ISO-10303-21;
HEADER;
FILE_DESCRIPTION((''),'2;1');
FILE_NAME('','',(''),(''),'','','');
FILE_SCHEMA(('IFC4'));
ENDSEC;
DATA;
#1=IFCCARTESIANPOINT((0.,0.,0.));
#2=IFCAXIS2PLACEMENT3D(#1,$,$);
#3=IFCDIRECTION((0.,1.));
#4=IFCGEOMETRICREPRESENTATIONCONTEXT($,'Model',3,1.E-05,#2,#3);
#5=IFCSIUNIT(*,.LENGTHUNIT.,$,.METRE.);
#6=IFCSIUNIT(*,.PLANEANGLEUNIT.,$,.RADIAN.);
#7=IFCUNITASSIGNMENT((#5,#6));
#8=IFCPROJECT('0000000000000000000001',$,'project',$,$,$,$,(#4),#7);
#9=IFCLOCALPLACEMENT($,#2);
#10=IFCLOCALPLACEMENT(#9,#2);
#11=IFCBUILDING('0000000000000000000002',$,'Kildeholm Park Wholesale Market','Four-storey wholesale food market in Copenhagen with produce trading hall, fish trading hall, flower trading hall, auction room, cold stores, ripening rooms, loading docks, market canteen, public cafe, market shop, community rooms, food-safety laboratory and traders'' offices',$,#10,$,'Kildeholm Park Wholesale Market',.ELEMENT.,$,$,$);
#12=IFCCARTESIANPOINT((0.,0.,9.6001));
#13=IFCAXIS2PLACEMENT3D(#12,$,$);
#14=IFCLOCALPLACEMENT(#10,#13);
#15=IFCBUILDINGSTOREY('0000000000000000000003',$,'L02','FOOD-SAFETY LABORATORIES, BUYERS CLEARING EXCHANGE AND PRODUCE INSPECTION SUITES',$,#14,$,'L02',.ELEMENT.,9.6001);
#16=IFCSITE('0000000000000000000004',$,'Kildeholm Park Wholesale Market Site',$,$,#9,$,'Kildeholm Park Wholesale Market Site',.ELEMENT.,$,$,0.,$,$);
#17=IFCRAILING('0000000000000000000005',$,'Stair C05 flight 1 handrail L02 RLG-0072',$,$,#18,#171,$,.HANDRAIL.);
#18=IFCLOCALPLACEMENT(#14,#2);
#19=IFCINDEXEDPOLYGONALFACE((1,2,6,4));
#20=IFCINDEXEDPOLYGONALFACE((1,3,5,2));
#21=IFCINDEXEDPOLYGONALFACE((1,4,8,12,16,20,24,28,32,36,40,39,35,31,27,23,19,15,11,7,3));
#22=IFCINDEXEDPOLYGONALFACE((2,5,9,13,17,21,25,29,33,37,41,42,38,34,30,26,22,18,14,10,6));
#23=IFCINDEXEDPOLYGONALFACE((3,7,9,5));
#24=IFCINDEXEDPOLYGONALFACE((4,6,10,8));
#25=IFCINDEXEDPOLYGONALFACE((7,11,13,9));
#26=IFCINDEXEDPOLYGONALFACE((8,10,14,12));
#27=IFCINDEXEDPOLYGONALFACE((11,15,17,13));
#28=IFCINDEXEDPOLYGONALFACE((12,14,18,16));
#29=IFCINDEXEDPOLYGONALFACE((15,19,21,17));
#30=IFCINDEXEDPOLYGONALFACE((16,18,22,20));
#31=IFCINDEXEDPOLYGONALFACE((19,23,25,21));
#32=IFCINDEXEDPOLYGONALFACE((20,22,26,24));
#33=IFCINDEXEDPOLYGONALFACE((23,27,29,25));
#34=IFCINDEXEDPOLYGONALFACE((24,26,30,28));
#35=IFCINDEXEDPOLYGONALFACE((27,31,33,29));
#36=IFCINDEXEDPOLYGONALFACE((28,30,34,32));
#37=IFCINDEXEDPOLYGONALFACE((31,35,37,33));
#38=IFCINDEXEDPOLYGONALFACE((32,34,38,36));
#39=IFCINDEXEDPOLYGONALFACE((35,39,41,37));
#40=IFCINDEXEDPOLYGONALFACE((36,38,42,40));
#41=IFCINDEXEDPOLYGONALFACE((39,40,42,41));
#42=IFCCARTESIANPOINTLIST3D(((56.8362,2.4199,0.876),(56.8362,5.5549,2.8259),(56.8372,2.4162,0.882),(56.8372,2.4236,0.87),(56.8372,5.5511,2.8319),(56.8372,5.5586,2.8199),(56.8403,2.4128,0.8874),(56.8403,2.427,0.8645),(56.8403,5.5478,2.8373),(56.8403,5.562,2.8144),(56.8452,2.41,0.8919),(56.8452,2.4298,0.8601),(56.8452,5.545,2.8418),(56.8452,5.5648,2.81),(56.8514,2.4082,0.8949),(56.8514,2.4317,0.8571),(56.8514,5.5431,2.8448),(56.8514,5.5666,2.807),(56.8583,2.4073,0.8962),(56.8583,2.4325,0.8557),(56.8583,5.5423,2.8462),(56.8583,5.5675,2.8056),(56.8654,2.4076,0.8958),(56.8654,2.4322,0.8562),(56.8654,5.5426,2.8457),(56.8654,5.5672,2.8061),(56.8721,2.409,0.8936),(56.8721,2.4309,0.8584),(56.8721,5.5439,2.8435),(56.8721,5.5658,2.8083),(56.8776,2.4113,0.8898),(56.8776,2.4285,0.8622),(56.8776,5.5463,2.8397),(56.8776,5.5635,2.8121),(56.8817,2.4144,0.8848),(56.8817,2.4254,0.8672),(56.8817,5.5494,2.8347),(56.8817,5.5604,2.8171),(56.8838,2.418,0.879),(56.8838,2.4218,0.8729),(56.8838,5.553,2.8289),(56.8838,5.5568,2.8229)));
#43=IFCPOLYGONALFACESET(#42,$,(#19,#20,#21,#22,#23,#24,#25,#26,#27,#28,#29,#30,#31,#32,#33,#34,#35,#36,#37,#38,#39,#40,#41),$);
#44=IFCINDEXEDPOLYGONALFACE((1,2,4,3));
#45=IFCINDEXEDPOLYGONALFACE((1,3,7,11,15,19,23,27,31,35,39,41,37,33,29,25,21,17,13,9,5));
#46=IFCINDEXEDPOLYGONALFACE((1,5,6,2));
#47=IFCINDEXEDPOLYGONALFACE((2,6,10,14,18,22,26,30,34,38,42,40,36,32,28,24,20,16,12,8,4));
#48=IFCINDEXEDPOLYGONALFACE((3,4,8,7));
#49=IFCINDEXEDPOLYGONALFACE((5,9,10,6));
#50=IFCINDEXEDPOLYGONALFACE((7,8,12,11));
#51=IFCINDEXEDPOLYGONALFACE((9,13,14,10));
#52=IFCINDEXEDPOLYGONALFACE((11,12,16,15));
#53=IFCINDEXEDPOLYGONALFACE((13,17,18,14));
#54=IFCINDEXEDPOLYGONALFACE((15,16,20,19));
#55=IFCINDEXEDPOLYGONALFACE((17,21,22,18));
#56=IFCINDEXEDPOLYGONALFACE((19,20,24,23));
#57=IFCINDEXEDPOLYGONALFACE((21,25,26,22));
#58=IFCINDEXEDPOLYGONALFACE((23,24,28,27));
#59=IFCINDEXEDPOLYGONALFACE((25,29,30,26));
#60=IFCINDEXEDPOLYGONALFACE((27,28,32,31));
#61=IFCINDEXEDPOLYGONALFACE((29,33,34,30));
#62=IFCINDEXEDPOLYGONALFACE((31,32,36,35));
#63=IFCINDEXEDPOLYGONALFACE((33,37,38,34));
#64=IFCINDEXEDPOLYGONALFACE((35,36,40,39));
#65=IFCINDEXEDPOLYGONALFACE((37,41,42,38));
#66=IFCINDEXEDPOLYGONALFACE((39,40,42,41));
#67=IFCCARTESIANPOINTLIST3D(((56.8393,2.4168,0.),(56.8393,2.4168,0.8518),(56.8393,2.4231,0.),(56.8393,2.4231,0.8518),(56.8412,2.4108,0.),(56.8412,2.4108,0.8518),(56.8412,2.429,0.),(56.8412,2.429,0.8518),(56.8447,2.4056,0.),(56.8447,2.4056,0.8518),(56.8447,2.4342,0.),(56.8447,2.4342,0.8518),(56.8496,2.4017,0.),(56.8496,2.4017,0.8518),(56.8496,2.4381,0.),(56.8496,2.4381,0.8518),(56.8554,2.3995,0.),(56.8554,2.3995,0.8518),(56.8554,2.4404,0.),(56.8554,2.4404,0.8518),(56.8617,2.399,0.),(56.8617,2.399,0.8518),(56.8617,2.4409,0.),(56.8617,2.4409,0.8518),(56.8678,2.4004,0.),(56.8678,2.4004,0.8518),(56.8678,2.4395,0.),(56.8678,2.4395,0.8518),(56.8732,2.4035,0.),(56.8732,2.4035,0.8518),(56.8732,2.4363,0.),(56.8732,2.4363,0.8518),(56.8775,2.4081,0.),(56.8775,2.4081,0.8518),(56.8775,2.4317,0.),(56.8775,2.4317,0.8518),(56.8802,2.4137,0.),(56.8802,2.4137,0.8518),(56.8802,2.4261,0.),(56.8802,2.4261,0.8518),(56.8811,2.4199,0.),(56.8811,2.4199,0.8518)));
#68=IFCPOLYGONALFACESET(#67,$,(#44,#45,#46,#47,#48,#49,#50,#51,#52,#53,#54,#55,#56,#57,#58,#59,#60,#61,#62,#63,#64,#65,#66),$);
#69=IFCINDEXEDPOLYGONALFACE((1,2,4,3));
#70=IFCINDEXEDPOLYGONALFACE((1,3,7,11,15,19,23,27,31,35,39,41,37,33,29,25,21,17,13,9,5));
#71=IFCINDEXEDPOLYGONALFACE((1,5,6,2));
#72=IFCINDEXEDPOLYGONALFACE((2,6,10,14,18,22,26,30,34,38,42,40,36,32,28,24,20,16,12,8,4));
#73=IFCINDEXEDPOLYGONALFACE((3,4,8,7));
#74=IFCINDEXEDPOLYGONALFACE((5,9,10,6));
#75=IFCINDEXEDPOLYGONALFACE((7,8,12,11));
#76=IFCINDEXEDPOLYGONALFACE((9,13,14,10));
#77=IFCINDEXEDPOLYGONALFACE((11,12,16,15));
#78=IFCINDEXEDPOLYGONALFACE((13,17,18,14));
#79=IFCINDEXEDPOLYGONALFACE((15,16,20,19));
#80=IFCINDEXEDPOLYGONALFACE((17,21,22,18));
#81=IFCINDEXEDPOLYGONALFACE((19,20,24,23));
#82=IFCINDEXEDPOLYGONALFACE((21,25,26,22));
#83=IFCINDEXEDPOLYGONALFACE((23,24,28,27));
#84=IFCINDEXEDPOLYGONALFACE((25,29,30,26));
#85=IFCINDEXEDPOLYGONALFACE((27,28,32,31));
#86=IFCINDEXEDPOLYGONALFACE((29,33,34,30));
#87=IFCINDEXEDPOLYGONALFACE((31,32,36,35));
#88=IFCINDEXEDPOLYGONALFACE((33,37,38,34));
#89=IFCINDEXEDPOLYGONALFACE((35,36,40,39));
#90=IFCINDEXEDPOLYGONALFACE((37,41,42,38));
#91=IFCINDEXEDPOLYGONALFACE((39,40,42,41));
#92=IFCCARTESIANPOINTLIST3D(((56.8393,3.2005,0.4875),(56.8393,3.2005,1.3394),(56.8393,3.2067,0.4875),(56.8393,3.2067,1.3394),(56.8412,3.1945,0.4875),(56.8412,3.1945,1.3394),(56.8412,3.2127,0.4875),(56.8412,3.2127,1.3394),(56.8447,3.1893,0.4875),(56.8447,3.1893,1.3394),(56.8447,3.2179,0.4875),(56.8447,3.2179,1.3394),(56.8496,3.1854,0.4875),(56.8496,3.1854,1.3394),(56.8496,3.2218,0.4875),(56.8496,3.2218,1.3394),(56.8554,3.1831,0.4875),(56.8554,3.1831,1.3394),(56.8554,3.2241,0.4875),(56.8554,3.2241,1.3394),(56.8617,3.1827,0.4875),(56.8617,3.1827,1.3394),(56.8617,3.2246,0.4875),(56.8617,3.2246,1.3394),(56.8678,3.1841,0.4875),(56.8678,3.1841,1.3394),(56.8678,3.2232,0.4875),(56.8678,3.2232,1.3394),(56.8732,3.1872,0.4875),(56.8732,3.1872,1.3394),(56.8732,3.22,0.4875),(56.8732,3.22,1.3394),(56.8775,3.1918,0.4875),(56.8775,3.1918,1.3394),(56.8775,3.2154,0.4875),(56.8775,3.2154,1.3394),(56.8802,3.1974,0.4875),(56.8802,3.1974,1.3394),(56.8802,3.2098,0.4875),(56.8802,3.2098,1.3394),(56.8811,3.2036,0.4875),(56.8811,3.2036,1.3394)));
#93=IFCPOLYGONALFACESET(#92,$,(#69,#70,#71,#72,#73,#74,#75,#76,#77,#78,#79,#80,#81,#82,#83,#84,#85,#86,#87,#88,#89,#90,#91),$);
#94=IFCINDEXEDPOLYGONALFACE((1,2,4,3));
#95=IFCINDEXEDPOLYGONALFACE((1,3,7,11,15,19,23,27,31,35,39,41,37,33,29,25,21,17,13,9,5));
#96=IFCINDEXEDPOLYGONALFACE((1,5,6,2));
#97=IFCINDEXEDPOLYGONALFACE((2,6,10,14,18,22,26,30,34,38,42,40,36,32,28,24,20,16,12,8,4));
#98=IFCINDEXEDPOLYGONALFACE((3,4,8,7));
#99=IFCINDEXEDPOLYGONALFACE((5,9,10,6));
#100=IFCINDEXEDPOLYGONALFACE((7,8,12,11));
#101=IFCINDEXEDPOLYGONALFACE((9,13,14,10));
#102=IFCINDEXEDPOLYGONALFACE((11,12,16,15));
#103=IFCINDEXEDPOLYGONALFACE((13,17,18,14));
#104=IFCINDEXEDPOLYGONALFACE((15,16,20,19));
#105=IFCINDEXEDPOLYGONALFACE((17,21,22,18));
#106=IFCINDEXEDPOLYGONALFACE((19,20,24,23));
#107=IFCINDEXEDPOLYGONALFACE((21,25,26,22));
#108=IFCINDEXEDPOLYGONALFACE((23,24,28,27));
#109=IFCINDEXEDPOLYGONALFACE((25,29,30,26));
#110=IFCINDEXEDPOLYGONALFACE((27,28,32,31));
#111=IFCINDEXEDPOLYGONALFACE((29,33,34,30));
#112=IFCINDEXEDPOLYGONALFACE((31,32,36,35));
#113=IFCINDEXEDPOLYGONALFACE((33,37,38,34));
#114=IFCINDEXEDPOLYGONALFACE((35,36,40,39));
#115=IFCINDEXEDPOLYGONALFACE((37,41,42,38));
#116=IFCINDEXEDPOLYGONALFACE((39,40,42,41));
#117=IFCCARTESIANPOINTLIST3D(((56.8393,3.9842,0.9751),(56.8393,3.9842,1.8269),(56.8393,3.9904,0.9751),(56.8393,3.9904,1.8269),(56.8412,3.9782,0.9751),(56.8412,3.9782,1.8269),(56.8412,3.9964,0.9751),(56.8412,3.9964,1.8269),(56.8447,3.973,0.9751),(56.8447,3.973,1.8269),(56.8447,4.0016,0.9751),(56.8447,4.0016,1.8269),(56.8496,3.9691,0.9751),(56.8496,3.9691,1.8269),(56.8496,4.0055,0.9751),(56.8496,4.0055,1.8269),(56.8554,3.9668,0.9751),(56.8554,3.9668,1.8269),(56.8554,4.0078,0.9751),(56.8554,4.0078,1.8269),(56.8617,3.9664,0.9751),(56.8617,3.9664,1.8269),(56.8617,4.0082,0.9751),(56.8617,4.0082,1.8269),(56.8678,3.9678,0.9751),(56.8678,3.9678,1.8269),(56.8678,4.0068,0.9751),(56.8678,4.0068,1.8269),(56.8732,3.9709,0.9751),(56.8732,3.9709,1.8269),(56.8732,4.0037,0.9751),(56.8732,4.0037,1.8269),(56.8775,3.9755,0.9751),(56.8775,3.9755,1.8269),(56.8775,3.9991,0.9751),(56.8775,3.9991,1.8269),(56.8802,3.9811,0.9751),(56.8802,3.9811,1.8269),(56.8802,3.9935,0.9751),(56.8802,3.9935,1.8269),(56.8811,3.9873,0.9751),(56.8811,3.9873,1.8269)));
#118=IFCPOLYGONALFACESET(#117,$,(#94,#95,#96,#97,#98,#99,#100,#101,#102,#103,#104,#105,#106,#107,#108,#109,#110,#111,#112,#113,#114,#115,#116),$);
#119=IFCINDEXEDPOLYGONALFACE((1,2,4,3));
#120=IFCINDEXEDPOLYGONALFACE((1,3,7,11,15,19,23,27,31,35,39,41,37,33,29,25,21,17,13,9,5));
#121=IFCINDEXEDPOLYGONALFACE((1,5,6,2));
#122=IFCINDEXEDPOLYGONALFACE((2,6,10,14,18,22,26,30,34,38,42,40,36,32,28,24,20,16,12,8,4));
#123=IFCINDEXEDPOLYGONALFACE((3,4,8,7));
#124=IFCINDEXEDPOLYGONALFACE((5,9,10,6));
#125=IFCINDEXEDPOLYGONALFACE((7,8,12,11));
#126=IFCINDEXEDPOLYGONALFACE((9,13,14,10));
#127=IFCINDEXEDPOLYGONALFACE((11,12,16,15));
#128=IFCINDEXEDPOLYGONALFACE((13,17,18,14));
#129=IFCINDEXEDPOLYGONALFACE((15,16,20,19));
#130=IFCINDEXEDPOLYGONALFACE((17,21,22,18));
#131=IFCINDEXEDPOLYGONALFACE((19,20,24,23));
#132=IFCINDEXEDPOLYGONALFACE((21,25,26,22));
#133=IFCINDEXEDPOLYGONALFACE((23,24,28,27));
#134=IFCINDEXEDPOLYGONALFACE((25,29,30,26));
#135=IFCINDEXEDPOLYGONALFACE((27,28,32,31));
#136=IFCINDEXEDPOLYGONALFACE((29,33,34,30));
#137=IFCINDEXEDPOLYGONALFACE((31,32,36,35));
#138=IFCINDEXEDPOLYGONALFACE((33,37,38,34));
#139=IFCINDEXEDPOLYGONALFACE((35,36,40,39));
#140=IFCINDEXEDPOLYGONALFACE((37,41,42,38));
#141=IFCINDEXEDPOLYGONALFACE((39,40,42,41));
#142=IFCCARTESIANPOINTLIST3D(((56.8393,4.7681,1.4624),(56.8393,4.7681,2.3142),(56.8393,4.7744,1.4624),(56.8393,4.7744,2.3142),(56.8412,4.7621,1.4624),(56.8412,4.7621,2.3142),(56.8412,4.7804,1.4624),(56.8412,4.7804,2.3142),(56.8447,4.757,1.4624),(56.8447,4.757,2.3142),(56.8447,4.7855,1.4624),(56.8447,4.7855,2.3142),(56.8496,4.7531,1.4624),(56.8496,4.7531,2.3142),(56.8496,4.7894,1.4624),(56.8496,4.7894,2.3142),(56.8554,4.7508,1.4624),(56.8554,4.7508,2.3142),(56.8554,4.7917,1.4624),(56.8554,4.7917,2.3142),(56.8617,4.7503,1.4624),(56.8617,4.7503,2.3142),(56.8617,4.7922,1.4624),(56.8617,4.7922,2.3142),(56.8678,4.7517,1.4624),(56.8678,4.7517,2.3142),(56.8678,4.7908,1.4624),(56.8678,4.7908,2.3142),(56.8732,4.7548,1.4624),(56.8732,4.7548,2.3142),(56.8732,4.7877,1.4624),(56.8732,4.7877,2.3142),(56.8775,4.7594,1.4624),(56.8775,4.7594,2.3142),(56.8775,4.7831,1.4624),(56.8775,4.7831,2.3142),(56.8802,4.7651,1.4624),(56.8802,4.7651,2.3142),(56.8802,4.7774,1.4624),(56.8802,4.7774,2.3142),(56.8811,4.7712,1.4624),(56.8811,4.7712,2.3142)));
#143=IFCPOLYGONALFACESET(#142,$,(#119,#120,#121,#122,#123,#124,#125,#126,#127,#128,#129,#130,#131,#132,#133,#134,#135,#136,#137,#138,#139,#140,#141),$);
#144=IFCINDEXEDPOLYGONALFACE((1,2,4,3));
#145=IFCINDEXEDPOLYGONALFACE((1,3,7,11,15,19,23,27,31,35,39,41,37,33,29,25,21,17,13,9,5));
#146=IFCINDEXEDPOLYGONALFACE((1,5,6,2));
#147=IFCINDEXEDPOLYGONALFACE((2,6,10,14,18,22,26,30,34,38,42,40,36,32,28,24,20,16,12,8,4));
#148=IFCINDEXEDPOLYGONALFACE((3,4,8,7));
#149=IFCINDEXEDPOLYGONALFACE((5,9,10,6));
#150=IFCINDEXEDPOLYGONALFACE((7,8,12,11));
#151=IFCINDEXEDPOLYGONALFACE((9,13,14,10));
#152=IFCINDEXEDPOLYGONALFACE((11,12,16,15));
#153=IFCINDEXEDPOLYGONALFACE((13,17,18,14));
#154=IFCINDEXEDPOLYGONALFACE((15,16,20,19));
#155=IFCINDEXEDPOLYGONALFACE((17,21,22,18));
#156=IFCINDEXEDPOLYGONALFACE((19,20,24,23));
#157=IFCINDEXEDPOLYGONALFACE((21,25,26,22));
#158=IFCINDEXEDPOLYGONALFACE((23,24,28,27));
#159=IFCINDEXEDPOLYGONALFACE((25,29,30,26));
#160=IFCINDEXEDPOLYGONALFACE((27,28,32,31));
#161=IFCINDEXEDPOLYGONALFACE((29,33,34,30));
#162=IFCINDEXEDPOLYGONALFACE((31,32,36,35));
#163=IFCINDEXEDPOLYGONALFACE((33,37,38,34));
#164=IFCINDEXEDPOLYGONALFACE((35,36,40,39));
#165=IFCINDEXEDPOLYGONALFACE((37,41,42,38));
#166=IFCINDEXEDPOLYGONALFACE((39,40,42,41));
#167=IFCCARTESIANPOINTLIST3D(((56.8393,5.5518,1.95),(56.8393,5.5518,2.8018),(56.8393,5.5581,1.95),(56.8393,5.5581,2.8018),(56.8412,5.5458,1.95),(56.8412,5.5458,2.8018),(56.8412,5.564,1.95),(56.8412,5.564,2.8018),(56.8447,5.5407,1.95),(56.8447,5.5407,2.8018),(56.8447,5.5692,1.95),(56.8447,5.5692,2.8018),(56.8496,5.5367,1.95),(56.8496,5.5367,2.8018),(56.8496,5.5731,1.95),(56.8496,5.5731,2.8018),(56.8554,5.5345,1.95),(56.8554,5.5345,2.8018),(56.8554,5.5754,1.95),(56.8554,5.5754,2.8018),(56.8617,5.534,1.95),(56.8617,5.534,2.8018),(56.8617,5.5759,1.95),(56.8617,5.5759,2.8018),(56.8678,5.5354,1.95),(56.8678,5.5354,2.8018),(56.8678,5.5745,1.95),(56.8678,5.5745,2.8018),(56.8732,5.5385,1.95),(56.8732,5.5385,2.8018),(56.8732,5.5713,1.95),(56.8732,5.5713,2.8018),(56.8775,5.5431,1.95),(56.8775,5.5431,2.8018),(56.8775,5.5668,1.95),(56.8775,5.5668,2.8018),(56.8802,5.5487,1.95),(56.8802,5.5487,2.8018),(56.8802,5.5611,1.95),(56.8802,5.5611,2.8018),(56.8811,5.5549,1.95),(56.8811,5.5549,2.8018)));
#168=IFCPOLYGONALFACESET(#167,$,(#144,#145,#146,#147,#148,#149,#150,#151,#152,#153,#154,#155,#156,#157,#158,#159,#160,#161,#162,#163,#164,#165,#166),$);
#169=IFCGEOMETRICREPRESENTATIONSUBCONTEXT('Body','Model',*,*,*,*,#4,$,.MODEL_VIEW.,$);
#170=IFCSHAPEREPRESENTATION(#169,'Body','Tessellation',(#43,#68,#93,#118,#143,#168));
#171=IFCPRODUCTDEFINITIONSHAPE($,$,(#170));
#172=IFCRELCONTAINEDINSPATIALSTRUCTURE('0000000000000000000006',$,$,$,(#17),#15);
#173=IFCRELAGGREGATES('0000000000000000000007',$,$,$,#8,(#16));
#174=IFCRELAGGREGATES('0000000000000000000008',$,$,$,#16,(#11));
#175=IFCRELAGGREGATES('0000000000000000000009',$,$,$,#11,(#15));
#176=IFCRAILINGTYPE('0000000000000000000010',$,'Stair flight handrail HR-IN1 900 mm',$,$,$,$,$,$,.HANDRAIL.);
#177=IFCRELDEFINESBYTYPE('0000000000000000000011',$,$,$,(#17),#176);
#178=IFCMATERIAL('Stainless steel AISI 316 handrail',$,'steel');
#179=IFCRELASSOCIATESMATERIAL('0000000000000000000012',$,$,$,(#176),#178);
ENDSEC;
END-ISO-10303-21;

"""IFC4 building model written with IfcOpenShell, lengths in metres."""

from ifc_helpers import new_model, si_unit, direction, frame, origin, origin_2d, place, context, subcontext, project, spatial, circle, extrude, material, type_object, element, save


model = new_model("IFC4")

# Units and contexts
model_context = context("Model", 3, precision=1e-05, world=origin(), true_north=direction((0.0, 1.0)))
body_context = subcontext(model_context, "Body", "Model", "MODEL_VIEW")
ifc_project = project(units=[si_unit("LENGTHUNIT", "METRE"), si_unit("PLANEANGLEUNIT", "RADIAN")], contexts=[model_context])

# Site, building, storey
site_placement = place(None, origin())
site = spatial("IfcSite", under=ifc_project, at=site_placement, Name="Kildeholm Park Wholesale Market Site", LongName="Kildeholm Park Wholesale Market Site", CompositionType="ELEMENT", RefElevation=0.0)
building_placement = place(site_placement, origin())
building = spatial("IfcBuilding", under=site, at=building_placement, Name="Kildeholm Park Wholesale Market", Description="Four-storey wholesale food market in Copenhagen with produce trading hall, fish trading hall, flower trading hall, auction room, cold stores, ripening rooms, loading docks, market canteen, public cafe, market shop, community rooms, food-safety laboratory and traders' offices", LongName="Kildeholm Park Wholesale Market", CompositionType="ELEMENT")
storey_placement = place(building_placement, frame((0.0, 0.0, 9.6001)))
storey = spatial("IfcBuildingStorey", under=building, at=storey_placement, Name="L02", Description="FOOD-SAFETY LABORATORIES, BUYERS CLEARING EXCHANGE AND PRODUCE INSPECTION SUITES", LongName="L02", CompositionType="ELEMENT", Elevation=9.6001)

# Railing
ifc_material_1 = material(Name="Stainless steel AISI 316 handrail", Category="steel")
railing_type_1 = type_object("IfcRailingType", Name="Stair flight handrail HR-IN1 900 mm", PredefinedType="HANDRAIL", material=ifc_material_1)
railing_1_placement = place(storey_placement, frame((56.8601, 2.4199, 0.0)))
element("IfcRailing", 1, at=railing_1_placement, inside=storey, type_object=railing_type_1, Name="Stair C05 flight 1 handrail L02 RLG-0072", PredefinedType="HANDRAIL", context=body_context, shape_type="SweptSolid", body=[
    extrude(circle(Radius=0.0239, at=origin_2d()), frame((0.0, 0.0, 0.876), z_axis=(0.0, 0.849144, 0.528161), x_axis=(-1.0, 0.0, 0.0)), (0.0, 0.0, 1.0), 3.6919),
    extrude(circle(Radius=0.021, at=origin_2d()), origin(), (0.0, 0.0, 1.0), 0.8518),
    extrude(circle(Radius=0.021, at=origin_2d()), frame((0.0, 0.7837, 0.4875)), (0.0, 0.0, 1.0), 0.8518),
    extrude(circle(Radius=0.021, at=origin_2d()), frame((0.0, 1.5674, 0.9751)), (0.0, 0.0, 1.0), 0.8518),
    extrude(circle(Radius=0.021, at=origin_2d()), frame((0.0, 2.3513, 1.4624)), (0.0, 0.0, 1.0), 0.8518),
    extrude(circle(Radius=0.021, at=origin_2d()), frame((0.0, 3.135, 1.95)), (0.0, 0.0, 1.0), 0.8518),
])

save(model, "model.ifc")
